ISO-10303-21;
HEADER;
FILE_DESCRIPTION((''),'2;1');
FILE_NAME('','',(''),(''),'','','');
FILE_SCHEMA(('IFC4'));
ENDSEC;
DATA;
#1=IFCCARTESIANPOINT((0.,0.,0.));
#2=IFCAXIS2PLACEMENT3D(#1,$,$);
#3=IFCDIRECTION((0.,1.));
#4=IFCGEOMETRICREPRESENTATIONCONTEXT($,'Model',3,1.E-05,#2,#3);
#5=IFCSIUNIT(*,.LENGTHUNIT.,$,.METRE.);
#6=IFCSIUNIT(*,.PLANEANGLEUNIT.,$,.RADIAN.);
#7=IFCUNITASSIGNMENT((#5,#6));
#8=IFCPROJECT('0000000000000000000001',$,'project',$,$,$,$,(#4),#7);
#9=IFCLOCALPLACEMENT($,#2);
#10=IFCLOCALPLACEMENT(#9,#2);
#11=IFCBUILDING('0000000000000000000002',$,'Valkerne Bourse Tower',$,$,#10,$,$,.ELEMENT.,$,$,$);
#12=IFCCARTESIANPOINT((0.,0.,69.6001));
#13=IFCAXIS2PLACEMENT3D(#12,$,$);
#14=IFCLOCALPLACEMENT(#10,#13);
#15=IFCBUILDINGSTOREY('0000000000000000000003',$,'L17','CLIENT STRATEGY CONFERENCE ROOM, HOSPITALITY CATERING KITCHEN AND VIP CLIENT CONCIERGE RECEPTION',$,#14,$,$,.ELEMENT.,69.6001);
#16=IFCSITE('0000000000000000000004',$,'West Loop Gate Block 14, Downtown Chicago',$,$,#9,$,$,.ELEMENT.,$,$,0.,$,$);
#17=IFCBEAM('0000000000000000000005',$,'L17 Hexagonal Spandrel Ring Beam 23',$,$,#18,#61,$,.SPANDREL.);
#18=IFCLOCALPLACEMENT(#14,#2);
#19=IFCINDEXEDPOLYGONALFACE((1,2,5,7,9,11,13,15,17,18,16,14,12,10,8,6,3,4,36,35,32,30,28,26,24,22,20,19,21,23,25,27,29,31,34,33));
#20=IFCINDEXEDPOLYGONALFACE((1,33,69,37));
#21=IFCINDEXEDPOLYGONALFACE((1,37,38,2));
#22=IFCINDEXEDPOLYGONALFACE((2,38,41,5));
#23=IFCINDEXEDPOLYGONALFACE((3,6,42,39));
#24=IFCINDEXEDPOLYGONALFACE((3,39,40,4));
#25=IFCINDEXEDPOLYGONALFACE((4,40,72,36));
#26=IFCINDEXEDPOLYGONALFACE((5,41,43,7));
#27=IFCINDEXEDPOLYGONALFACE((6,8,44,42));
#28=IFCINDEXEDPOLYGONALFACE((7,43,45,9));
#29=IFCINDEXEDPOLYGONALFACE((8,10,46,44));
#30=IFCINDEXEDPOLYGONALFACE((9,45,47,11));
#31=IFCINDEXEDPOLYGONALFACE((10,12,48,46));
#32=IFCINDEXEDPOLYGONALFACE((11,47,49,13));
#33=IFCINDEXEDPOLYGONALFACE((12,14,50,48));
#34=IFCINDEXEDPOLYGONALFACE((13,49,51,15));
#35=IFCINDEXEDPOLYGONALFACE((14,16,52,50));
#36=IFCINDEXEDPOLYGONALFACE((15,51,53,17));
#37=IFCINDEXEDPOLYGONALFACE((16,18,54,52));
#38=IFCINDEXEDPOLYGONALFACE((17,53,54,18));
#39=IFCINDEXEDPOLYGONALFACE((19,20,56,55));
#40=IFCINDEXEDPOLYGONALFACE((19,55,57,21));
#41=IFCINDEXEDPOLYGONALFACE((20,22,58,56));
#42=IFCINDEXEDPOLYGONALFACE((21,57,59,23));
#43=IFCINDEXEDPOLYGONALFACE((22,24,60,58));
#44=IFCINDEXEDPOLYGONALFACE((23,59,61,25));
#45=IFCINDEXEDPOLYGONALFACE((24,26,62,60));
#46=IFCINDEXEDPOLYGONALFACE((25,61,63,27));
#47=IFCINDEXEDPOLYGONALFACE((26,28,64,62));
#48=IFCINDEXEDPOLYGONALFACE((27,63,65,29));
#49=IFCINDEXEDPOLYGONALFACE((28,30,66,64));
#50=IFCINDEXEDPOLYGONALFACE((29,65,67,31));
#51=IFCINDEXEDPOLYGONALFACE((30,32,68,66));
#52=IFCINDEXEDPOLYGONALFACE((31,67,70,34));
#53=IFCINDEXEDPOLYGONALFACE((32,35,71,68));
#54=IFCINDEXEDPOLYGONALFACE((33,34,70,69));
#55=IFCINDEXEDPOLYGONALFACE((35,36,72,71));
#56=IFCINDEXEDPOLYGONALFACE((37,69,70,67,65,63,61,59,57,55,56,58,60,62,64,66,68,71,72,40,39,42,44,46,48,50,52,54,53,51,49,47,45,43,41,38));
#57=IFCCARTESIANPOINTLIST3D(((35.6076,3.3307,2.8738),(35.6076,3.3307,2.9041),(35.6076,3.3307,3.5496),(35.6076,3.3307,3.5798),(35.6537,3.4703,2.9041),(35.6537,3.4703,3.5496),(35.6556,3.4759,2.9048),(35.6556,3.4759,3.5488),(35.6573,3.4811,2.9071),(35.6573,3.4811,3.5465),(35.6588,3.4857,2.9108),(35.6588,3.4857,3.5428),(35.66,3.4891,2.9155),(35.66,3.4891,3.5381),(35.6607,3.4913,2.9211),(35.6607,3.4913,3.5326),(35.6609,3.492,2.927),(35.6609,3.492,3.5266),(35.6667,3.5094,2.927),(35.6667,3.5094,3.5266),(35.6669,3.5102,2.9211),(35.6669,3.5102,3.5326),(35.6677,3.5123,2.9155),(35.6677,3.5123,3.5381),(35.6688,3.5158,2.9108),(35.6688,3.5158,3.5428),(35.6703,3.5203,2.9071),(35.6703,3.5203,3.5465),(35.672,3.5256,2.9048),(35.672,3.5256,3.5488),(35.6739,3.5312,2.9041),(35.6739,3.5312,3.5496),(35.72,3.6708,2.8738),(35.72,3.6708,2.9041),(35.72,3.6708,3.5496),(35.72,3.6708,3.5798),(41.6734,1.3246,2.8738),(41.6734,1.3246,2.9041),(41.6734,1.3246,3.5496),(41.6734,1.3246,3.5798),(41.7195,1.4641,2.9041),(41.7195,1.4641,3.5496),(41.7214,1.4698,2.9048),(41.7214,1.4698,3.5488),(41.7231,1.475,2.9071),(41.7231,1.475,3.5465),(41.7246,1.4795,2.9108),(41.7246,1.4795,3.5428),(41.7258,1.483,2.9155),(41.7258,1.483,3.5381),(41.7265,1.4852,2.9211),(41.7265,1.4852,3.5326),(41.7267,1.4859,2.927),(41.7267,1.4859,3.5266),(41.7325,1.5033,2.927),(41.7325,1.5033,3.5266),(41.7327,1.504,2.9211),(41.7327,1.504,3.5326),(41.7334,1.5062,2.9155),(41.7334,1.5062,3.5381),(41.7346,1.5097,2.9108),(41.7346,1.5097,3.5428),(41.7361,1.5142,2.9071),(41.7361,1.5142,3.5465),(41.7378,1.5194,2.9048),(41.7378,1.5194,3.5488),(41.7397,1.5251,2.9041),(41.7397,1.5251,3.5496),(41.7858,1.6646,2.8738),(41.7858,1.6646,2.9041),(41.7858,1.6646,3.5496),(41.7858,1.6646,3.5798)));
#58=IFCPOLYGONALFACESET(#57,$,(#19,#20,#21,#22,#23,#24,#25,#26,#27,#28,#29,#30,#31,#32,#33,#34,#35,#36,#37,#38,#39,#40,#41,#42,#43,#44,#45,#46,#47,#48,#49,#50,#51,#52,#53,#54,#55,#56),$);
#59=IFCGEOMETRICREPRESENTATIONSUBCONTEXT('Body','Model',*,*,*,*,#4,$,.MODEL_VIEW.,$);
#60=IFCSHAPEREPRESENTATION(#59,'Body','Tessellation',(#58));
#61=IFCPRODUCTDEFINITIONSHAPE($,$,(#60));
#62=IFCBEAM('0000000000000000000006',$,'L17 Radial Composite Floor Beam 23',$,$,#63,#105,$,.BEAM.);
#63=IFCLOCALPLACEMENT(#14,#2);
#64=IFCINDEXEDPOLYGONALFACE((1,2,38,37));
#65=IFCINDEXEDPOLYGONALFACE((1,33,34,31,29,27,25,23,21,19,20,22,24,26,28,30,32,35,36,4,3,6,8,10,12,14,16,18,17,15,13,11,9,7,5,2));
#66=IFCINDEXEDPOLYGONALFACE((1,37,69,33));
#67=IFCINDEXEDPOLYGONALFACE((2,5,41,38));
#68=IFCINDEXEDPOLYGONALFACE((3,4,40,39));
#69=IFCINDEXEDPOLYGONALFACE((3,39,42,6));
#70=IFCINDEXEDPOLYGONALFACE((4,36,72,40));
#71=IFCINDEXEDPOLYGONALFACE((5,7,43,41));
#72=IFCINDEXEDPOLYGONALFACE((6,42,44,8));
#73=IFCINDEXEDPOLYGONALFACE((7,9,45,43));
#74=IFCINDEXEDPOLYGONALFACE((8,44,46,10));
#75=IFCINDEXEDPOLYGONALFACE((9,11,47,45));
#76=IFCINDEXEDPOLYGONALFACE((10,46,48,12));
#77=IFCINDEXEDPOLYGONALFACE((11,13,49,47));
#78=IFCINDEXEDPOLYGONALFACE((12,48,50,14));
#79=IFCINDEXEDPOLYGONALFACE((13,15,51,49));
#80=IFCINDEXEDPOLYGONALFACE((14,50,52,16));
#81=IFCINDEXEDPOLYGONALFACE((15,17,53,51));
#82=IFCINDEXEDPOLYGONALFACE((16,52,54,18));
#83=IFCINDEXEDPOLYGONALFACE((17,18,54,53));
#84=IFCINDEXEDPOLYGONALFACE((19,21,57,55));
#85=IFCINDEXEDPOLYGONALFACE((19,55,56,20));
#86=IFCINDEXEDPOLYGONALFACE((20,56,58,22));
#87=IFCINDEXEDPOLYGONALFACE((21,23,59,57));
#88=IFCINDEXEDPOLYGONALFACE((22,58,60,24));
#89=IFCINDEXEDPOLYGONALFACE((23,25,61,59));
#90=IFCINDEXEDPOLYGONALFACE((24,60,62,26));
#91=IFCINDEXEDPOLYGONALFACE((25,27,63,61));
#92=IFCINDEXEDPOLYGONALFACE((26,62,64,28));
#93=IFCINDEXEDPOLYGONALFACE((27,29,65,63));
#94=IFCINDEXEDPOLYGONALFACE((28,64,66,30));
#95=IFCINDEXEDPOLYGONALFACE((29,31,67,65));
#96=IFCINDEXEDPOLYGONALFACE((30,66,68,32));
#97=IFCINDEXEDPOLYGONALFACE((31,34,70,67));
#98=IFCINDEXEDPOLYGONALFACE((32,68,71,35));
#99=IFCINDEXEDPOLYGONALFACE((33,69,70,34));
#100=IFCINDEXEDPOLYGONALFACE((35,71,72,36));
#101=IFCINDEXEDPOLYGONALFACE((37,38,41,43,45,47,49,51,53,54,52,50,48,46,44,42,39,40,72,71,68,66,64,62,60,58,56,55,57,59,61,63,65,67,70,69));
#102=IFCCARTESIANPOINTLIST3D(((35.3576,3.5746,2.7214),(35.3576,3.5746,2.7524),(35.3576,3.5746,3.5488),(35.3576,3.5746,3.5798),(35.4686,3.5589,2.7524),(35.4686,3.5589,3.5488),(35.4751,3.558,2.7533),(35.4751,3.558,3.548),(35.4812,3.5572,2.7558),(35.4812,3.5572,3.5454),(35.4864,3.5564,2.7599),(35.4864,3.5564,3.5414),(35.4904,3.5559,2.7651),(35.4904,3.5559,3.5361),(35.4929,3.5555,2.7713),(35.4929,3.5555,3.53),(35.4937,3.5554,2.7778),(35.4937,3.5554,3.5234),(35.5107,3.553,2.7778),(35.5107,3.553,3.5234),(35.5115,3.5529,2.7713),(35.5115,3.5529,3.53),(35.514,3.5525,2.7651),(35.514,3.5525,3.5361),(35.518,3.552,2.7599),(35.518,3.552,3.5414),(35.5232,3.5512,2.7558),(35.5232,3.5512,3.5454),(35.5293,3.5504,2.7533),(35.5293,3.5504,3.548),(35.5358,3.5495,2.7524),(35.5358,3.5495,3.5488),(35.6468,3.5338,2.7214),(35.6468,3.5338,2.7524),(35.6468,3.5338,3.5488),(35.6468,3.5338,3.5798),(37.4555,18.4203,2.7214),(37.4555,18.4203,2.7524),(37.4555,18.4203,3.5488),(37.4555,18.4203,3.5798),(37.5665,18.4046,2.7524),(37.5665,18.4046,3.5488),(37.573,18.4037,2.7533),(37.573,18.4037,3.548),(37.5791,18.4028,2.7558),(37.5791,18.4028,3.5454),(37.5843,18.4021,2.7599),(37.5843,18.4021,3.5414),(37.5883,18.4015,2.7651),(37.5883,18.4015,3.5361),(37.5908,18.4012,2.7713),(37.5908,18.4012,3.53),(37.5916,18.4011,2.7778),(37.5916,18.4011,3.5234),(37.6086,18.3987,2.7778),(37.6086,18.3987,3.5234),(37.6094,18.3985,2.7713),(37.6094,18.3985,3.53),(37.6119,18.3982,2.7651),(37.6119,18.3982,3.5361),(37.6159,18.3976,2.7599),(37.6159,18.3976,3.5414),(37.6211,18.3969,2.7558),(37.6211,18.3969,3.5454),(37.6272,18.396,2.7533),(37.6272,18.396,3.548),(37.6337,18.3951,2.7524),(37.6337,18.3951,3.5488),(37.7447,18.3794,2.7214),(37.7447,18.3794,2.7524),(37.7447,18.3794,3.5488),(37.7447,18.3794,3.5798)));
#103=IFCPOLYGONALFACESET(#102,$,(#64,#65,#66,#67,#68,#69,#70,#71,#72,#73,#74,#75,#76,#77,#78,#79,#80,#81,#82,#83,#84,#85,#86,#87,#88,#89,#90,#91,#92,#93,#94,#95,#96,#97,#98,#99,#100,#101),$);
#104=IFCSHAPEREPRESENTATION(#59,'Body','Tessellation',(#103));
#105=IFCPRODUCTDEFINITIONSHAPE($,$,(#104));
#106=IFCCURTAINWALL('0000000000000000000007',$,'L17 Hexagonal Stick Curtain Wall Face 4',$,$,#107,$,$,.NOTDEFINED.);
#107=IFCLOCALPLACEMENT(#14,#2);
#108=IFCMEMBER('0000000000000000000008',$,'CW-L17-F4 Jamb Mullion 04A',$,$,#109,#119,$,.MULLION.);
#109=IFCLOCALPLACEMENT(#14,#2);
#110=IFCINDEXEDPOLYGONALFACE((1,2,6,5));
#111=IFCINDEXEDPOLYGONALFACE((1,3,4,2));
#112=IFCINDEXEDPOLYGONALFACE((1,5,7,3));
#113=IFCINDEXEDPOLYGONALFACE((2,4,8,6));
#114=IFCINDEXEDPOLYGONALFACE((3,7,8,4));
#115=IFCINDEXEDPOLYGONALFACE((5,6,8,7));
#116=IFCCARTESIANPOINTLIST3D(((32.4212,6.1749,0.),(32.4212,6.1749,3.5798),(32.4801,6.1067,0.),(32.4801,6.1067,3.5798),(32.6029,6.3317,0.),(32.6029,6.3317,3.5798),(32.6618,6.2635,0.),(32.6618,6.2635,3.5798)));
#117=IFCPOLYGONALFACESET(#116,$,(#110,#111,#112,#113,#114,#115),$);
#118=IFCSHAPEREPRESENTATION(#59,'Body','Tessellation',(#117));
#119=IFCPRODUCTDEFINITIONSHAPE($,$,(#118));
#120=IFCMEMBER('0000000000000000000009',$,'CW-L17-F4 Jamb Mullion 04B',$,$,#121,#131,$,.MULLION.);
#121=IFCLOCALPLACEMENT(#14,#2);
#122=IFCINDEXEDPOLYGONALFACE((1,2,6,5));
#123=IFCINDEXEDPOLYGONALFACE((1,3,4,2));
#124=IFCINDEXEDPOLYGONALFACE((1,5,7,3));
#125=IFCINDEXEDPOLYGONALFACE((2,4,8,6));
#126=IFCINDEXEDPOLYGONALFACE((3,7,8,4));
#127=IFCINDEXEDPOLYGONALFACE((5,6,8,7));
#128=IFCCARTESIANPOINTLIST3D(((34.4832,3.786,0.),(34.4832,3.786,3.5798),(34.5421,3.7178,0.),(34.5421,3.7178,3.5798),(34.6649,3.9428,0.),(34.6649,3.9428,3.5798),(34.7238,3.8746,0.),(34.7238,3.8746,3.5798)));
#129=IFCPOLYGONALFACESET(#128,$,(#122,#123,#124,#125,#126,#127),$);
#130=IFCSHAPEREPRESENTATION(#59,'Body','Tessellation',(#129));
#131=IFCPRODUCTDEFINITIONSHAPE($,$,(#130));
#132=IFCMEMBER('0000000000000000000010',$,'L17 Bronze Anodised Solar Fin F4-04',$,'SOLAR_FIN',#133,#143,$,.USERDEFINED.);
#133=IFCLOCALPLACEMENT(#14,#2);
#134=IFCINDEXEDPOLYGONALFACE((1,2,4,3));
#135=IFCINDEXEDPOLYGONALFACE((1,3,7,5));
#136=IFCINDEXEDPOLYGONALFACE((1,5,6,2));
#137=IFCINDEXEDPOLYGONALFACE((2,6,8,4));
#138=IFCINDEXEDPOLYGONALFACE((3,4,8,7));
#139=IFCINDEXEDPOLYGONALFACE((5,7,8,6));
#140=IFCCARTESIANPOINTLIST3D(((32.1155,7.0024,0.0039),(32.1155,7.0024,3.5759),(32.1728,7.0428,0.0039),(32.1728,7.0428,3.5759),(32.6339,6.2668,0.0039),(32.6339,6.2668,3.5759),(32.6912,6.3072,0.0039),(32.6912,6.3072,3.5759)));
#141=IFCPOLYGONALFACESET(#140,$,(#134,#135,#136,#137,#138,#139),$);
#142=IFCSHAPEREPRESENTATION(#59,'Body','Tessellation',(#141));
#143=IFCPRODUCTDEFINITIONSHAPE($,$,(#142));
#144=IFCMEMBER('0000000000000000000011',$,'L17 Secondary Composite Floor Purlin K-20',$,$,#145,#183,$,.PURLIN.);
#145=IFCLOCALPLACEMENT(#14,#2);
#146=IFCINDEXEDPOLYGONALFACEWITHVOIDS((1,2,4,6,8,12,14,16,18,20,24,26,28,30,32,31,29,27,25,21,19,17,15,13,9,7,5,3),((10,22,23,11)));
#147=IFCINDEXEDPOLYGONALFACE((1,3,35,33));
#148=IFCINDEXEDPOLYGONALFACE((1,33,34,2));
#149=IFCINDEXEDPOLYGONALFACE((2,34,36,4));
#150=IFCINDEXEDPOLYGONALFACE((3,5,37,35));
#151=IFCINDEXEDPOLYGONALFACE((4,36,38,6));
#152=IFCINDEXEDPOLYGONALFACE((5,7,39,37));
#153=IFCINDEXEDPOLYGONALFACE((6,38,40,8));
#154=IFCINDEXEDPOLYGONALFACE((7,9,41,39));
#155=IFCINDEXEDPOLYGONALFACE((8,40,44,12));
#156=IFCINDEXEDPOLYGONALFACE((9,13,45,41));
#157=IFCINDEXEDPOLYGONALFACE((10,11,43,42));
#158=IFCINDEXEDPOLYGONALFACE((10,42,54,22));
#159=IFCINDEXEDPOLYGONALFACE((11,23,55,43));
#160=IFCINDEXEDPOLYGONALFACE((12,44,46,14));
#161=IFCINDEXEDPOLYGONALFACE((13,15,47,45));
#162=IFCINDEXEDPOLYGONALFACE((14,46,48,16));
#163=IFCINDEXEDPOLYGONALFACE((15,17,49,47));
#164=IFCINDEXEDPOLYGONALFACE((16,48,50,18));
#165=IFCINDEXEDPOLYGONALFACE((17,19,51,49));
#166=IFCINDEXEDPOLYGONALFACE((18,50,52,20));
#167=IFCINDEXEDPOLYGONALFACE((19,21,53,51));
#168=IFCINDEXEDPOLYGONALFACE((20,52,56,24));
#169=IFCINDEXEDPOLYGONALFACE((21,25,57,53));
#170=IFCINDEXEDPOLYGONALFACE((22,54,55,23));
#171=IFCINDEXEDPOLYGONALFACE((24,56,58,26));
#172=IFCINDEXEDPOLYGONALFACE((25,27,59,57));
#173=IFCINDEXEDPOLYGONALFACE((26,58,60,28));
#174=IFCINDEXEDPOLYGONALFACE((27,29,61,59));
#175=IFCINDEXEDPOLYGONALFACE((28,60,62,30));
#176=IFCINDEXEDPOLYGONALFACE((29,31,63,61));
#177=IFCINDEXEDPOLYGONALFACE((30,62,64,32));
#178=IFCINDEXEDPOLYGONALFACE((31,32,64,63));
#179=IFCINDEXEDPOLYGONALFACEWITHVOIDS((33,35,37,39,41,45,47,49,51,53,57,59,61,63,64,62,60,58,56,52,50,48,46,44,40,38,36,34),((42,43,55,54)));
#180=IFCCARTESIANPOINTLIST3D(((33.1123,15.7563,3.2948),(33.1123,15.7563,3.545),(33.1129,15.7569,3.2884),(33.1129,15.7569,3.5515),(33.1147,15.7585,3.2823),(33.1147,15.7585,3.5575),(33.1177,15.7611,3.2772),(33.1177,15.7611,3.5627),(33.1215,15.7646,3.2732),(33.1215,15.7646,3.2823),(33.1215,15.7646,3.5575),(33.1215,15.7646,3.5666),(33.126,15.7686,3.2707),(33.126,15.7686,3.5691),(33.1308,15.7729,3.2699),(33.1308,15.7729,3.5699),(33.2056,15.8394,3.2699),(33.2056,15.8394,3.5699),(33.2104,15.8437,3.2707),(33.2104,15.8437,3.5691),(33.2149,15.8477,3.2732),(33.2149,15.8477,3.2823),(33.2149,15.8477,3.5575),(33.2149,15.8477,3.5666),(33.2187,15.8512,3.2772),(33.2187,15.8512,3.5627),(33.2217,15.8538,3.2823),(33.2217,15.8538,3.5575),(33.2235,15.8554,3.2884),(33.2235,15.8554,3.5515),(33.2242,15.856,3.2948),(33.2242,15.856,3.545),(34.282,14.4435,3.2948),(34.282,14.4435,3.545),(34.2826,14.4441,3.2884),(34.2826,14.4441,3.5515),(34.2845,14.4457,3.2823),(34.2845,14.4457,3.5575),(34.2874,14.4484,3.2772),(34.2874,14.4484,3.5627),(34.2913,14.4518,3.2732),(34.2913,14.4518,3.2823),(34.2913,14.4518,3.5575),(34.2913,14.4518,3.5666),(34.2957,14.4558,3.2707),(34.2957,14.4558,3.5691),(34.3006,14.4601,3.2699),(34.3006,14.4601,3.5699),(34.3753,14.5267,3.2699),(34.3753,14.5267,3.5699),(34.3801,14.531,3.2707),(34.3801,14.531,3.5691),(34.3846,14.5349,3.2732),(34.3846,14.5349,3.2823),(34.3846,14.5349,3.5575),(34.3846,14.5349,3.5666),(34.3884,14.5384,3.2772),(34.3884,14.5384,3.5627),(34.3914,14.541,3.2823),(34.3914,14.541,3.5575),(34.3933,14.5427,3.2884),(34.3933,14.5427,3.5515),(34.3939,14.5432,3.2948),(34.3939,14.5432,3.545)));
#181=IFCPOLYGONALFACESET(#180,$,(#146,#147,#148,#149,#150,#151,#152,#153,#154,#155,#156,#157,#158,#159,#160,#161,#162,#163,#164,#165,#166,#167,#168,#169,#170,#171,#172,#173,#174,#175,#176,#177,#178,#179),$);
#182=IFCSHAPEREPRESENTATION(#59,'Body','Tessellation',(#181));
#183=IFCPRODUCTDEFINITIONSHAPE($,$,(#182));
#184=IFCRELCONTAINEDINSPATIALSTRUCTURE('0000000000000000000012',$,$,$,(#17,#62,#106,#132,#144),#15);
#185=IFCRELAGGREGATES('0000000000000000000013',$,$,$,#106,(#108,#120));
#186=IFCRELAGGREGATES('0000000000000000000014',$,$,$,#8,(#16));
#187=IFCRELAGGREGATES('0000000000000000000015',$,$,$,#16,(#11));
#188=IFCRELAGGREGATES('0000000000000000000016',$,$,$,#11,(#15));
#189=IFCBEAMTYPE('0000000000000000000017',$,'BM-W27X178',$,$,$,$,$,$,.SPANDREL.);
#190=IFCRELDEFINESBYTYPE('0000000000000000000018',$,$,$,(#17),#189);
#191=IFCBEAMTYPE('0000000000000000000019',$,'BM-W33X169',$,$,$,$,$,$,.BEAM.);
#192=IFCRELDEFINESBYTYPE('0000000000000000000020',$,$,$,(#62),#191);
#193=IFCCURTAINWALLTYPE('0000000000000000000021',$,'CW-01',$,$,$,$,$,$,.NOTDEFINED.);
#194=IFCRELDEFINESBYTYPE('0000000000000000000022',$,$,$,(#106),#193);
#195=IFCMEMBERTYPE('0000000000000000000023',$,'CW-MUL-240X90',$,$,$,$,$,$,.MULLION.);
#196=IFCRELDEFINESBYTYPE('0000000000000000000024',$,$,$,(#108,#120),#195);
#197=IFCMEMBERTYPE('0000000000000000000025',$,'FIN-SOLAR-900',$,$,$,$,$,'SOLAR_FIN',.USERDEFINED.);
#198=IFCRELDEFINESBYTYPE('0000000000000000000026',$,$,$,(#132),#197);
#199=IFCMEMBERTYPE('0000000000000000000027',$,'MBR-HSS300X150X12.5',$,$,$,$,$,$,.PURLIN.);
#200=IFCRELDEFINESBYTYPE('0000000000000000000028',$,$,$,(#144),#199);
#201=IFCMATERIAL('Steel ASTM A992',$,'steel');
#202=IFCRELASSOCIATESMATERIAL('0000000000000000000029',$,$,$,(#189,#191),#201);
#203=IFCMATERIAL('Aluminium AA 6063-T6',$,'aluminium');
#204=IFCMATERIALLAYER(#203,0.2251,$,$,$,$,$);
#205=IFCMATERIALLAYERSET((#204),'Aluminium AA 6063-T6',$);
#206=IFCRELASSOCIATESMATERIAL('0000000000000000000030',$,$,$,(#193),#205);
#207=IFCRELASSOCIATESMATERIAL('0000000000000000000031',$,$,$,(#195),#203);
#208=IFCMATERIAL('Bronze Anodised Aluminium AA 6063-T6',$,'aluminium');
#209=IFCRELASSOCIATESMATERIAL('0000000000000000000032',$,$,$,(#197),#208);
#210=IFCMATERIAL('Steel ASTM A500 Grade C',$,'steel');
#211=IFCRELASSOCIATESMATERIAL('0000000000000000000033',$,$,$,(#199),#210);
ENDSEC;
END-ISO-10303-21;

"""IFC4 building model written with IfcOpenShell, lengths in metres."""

from ifc_helpers import new_model, si_unit, direction, frame, origin, origin_2d, place, context, subcontext, project, spatial, rectangle, hollow_rectangle, i_section, extrude, material, layer, layer_set, material_profile, profile_set, type_object, element, aggregate, save


model = new_model("IFC4")

# Units and contexts
model_context = context("Model", 3, precision=1e-05, world=origin(), true_north=direction((0.0, 1.0)))
body_context = subcontext(model_context, "Body", "Model", "MODEL_VIEW")
ifc_project = project(units=[si_unit("LENGTHUNIT", "METRE"), si_unit("PLANEANGLEUNIT", "RADIAN")], contexts=[model_context])

# Site, building, storey
site_placement = place(None, origin())
site = spatial("IfcSite", under=ifc_project, at=site_placement, Name="West Loop Gate Block 14, Downtown Chicago", CompositionType="ELEMENT", RefElevation=0.0)
building_placement = place(site_placement, origin())
building = spatial("IfcBuilding", under=site, at=building_placement, Name="Valkerne Bourse Tower", CompositionType="ELEMENT")
storey_placement = place(building_placement, frame((0.0, 0.0, 69.6001)))
storey = spatial("IfcBuildingStorey", under=building, at=storey_placement, Name="L17", Description="CLIENT STRATEGY CONFERENCE ROOM, HOSPITALITY CATERING KITCHEN AND VIP CLIENT CONCIERGE RECEPTION", CompositionType="ELEMENT", Elevation=69.6001)

# Beams
ifc_material_1 = material(Name="Steel ASTM A992", Category="steel")
ifc_material_profile_1 = material_profile(ifc_material_1, i_section(OverallWidth=0.3582, OverallDepth=0.7061, WebThickness=0.0183, FlangeThickness=0.0303, FilletRadius=0.0229, at=origin_2d()), Name="W27X178")
ifc_profile_set_1 = profile_set([ifc_material_profile_1], Name="Steel ASTM A992")
beam_type_1 = type_object("IfcBeamType", Name="BM-W27X178", PredefinedType="SPANDREL", material=ifc_profile_set_1)
beam_1_placement = place(storey_placement, frame((35.6638, 3.5007, 3.2268), z_axis=(0.949422, -0.314003, 0.0), x_axis=(0.314003, 0.949422, 0.0)))
element("IfcBeam", 1, at=beam_1_placement, inside=storey, type_object=beam_type_1, Name="L17 Hexagonal Spandrel Ring Beam 23", PredefinedType="SPANDREL", context=body_context, shape_type="SweptSolid", body=[
    extrude(i_section(OverallWidth=0.3582, OverallDepth=0.7061, WebThickness=0.0183, FlangeThickness=0.0303, FilletRadius=0.0229, at=origin_2d()), origin(), (0.0, 0.0, 1.0), 6.3889),
])
ifc_material_profile_2 = material_profile(ifc_material_1, i_section(OverallWidth=0.292, OverallDepth=0.8584, WebThickness=0.0171, FlangeThickness=0.031, FilletRadius=0.0254, at=origin_2d()), Name="W33X169")
ifc_profile_set_2 = profile_set([ifc_material_profile_2], Name="Steel ASTM A992")
beam_type_2 = type_object("IfcBeamType", Name="BM-W33X169", PredefinedType="BEAM", material=ifc_profile_set_2)
beam_2_placement = place(storey_placement, frame((35.5022, 3.5542, 3.1506), z_axis=(0.139923, 0.990162, 0.0), x_axis=(-0.990162, 0.139923, 0.0)))
element("IfcBeam", 2, at=beam_2_placement, inside=storey, type_object=beam_type_2, Name="L17 Radial Composite Floor Beam 23", PredefinedType="BEAM", context=body_context, shape_type="SweptSolid", body=[
    extrude(i_section(OverallWidth=0.292, OverallDepth=0.8584, WebThickness=0.0171, FlangeThickness=0.031, FilletRadius=0.0254, at=origin_2d()), origin(), (0.0, 0.0, 1.0), 14.9932),
])

# Curtain wall, members
ifc_material_2 = material(Name="Aluminium AA 6063-T6", Category="aluminium")
ifc_layer_1 = layer(ifc_material_2, 0.2251)
ifc_layer_set_1 = layer_set([ifc_layer_1], Name="Aluminium AA 6063-T6")
curtain_wall_type = type_object("IfcCurtainWallType", Name="CW-01", PredefinedType="NOTDEFINED", material=ifc_layer_set_1)
curtain_wall_placement = place(storey_placement, origin())
curtain_wall = element("IfcCurtainWall", 3, at=curtain_wall_placement, inside=storey, type_object=curtain_wall_type, Name="L17 Hexagonal Stick Curtain Wall Face 4", PredefinedType="NOTDEFINED")
ifc_material_profile_3 = material_profile(ifc_material_2, rectangle(XDim=0.0901, YDim=0.24, at=origin_2d()), Name="CWM-90X240")
ifc_profile_set_3 = profile_set([ifc_material_profile_3], Name="Aluminium AA 6063-T6")
member_type_1 = type_object("IfcMemberType", Name="CW-MUL-240X90", PredefinedType="MULLION", material=ifc_profile_set_3)
member_1_placement = place(storey_placement, frame((32.5415, 6.2192, 0.0), z_axis=(0.0, 0.0, 1.0), x_axis=(0.653432, -0.756986, 0.0)))
member_1 = element("IfcMember", 4, at=member_1_placement, type_object=member_type_1, Name="CW-L17-F4 Jamb Mullion 04A", PredefinedType="MULLION", context=body_context, shape_type="SweptSolid", body=[
    extrude(rectangle(XDim=0.0901, YDim=0.24, at=origin_2d()), origin(), (0.0, 0.0, 1.0), 3.5798),
])
member_2_placement = place(storey_placement, frame((34.6035, 3.8303, 0.0), z_axis=(0.0, 0.0, 1.0), x_axis=(0.653432, -0.756986, 0.0)))
member_2 = element("IfcMember", 5, at=member_2_placement, type_object=member_type_1, Name="CW-L17-F4 Jamb Mullion 04B", PredefinedType="MULLION", context=body_context, shape_type="SweptSolid", body=[
    extrude(rectangle(XDim=0.0901, YDim=0.24, at=origin_2d()), origin(), (0.0, 0.0, 1.0), 3.5798),
])

# Members
ifc_material_3 = material(Name="Bronze Anodised Aluminium AA 6063-T6", Category="aluminium")
ifc_material_profile_4 = material_profile(ifc_material_3, rectangle(XDim=0.0701, YDim=0.8999, at=origin_2d()), Name="FIN-70X900")
ifc_profile_set_4 = profile_set([ifc_material_profile_4], Name="Bronze Anodised Aluminium AA 6063-T6")
member_type_2 = type_object("IfcMemberType", Name="FIN-SOLAR-900", ElementType="SOLAR_FIN", PredefinedType="USERDEFINED", material=ifc_profile_set_4)
member_3_placement = place(storey_placement, frame((32.4033, 6.6548, 0.0039), z_axis=(0.0, 0.0, 1.0), x_axis=(-0.817409, -0.576058, 0.0)))
element("IfcMember", 6, at=member_3_placement, inside=storey, type_object=member_type_2, Name="L17 Bronze Anodised Solar Fin F4-04", ObjectType="SOLAR_FIN", PredefinedType="USERDEFINED", context=body_context, shape_type="SweptSolid", body=[
    extrude(rectangle(XDim=0.0701, YDim=0.8999, at=origin_2d()), origin(), (0.0, 0.0, 1.0), 3.572),
])
ifc_material_4 = material(Name="Steel ASTM A500 Grade C", Category="steel")
ifc_material_profile_5 = material_profile(ifc_material_4, hollow_rectangle(XDim=0.1499, YDim=0.3, WallThickness=0.0125, OuterFilletRadius=0.0249, at=origin_2d()), Name="HSS300X150X12.5")
ifc_profile_set_5 = profile_set([ifc_material_profile_5], Name="Steel ASTM A500 Grade C")
member_type_3 = type_object("IfcMemberType", Name="MBR-HSS300X150X12.5", PredefinedType="PURLIN", material=ifc_profile_set_5)
member_4_placement = place(storey_placement, frame((33.1682, 15.8062, 3.4199), z_axis=(0.665251, -0.74662, 0.0), x_axis=(0.74662, 0.665251, 0.0)))
element("IfcMember", 7, at=member_4_placement, inside=storey, type_object=member_type_3, Name="L17 Secondary Composite Floor Purlin K-20", PredefinedType="PURLIN", context=body_context, shape_type="SweptSolid", body=[
    extrude(hollow_rectangle(XDim=0.1499, YDim=0.3, WallThickness=0.0125, OuterFilletRadius=0.0249, at=origin_2d()), origin(), (0.0, 0.0, 1.0), 1.7583),
])

aggregate(curtain_wall, [member_1, member_2])

save(model, "model.ifc")
